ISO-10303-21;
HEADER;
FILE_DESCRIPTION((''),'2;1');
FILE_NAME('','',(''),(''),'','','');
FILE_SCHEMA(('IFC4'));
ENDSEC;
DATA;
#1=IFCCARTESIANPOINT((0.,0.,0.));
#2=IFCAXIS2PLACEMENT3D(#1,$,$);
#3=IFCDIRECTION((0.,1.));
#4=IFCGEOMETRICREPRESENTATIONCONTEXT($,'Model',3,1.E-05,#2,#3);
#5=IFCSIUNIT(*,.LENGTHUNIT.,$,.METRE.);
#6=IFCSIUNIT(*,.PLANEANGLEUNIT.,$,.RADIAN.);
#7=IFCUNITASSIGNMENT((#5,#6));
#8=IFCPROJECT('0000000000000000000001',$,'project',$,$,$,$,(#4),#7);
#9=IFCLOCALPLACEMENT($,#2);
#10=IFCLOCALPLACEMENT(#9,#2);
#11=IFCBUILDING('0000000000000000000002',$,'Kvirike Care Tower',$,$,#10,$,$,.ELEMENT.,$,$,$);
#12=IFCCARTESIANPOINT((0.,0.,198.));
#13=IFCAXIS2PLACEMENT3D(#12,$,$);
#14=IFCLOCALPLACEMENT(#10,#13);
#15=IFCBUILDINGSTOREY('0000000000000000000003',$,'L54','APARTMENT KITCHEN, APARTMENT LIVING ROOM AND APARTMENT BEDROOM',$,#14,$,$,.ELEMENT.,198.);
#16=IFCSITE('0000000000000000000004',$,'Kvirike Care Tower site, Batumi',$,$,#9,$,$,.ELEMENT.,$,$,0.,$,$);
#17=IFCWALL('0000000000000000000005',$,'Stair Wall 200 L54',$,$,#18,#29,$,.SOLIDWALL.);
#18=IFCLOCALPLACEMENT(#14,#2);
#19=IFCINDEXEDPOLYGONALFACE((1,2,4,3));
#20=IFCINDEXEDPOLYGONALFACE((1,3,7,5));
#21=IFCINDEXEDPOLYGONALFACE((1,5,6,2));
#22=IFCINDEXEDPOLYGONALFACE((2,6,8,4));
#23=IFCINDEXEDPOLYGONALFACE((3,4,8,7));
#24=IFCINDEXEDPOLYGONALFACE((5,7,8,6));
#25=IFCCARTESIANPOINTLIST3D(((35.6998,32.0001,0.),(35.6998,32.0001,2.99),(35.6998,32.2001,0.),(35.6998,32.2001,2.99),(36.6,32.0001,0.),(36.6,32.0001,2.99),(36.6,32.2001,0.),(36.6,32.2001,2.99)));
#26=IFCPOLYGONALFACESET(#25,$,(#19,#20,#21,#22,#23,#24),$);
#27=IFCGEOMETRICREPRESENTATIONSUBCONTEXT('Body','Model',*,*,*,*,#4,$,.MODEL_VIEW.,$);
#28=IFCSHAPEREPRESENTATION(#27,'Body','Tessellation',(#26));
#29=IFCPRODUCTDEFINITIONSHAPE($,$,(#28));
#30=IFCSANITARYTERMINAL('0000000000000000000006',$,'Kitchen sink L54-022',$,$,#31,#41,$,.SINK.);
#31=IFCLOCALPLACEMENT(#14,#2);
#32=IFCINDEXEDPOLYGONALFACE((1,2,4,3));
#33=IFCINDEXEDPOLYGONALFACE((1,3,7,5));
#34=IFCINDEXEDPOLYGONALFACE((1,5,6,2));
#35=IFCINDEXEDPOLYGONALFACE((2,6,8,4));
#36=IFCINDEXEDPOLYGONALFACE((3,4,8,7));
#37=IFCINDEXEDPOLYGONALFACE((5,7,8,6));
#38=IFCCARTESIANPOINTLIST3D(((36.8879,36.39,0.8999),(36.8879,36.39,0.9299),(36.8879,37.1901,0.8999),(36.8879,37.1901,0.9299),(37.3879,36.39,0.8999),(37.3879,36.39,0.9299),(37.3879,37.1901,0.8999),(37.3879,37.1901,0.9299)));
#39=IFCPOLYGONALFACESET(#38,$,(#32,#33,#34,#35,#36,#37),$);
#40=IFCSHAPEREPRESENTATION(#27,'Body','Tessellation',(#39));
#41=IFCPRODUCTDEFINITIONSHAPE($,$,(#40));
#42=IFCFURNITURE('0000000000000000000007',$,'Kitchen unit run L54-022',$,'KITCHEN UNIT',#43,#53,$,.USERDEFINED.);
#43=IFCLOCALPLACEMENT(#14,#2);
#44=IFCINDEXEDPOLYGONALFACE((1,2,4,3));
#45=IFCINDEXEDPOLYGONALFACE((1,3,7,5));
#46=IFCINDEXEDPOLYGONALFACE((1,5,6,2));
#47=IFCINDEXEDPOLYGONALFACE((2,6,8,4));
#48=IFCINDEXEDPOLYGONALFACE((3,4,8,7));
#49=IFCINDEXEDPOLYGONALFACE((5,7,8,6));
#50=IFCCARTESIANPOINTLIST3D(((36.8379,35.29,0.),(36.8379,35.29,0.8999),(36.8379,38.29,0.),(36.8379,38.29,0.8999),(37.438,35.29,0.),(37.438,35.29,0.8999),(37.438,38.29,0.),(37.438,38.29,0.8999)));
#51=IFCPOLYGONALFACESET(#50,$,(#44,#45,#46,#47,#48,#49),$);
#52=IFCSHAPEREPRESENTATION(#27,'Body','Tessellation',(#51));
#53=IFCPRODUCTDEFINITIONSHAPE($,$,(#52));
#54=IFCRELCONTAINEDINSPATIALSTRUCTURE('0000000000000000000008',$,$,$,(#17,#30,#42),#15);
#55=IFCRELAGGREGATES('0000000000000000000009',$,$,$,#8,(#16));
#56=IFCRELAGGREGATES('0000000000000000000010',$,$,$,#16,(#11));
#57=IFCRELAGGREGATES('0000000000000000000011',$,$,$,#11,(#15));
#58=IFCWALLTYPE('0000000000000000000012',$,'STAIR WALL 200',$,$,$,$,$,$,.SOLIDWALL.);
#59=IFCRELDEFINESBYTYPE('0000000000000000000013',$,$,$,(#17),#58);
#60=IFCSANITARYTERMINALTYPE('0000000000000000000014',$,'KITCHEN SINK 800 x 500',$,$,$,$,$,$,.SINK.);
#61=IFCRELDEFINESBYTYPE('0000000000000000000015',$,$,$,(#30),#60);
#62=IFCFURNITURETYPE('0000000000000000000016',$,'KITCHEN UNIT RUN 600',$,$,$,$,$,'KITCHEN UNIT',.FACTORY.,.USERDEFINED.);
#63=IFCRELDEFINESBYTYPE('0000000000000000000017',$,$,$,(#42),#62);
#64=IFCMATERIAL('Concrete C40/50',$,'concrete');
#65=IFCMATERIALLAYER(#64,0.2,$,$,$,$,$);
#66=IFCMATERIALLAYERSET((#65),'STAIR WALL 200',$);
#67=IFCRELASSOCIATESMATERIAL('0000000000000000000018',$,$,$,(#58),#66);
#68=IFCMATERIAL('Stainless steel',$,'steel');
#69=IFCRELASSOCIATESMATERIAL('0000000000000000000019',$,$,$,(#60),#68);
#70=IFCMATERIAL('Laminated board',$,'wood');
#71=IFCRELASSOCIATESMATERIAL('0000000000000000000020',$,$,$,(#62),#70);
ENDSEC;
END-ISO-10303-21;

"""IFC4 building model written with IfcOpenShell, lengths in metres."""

from ifc_helpers import new_model, si_unit, direction, frame, frame_2d, origin, origin_2d, place, context, subcontext, project, spatial, rectangle, extrude, material, layer, layer_set, type_object, element, save


model = new_model("IFC4")

# Units and contexts
model_context = context("Model", 3, precision=1e-05, world=origin(), true_north=direction((0.0, 1.0)))
body_context = subcontext(model_context, "Body", "Model", "MODEL_VIEW")
ifc_project = project(units=[si_unit("LENGTHUNIT", "METRE"), si_unit("PLANEANGLEUNIT", "RADIAN")], contexts=[model_context])

# Site, building, storey
site_placement = place(None, origin())
site = spatial("IfcSite", under=ifc_project, at=site_placement, Name="Kvirike Care Tower site, Batumi", CompositionType="ELEMENT", RefElevation=0.0)
building_placement = place(site_placement, origin())
building = spatial("IfcBuilding", under=site, at=building_placement, Name="Kvirike Care Tower", CompositionType="ELEMENT")
storey_placement = place(building_placement, frame((0.0, 0.0, 198.0)))
storey = spatial("IfcBuildingStorey", under=building, at=storey_placement, Name="L54", Description="APARTMENT KITCHEN, APARTMENT LIVING ROOM AND APARTMENT BEDROOM", CompositionType="ELEMENT", Elevation=198.0)

# Wall
ifc_material_1 = material(Name="Concrete C40/50", Category="concrete")
ifc_layer_1 = layer(ifc_material_1, 0.2)
ifc_layer_set_1 = layer_set([ifc_layer_1], Name="STAIR WALL 200")
wall_type_1 = type_object("IfcWallType", Name="STAIR WALL 200", PredefinedType="SOLIDWALL", material=ifc_layer_set_1)
wall_1_placement = place(storey_placement, frame((36.6001, 32.1001, 0.0), z_axis=(0.0, 0.0, 1.0), x_axis=(-1.0, 0.0, 0.0)))
element("IfcWall", 1, at=wall_1_placement, inside=storey, type_object=wall_type_1, Name="Stair Wall 200 L54", PredefinedType="SOLIDWALL", context=body_context, shape_type="SweptSolid", body=[
    extrude(rectangle(XDim=0.9001, YDim=0.2, at=frame_2d((0.4502, 0.0))), origin(), (0.0, 0.0, 1.0), 2.99),
])

# Sanitary terminal
ifc_material_2 = material(Name="Stainless steel", Category="steel")
sanitary_terminal_type = type_object("IfcSanitaryTerminalType", Name="KITCHEN SINK 800 x 500", PredefinedType="SINK", material=ifc_material_2)
sanitary_terminal_placement = place(storey_placement, frame((37.1379, 36.79, 0.8999), z_axis=(0.0, 0.0, 1.0), x_axis=(0.0, -1.0, 0.0)))
element("IfcSanitaryTerminal", 2, at=sanitary_terminal_placement, inside=storey, type_object=sanitary_terminal_type, Name="Kitchen sink L54-022", PredefinedType="SINK", context=body_context, shape_type="SweptSolid", body=[
    extrude(rectangle(XDim=0.8, YDim=0.5, at=origin_2d()), origin(), (0.0, 0.0, 1.0), 0.03),
])

# Furniture
ifc_material_3 = material(Name="Laminated board", Category="wood")
furniture_type = type_object("IfcFurnitureType", Name="KITCHEN UNIT RUN 600", ElementType="KITCHEN UNIT", AssemblyPlace="FACTORY", PredefinedType="USERDEFINED", material=ifc_material_3)
furniture_placement = place(storey_placement, frame((37.1379, 36.79, 0.0), z_axis=(0.0, 0.0, 1.0), x_axis=(0.0, -1.0, 0.0)))
element("IfcFurniture", 3, at=furniture_placement, inside=storey, type_object=furniture_type, Name="Kitchen unit run L54-022", ObjectType="KITCHEN UNIT", PredefinedType="USERDEFINED", context=body_context, shape_type="SweptSolid", body=[
    extrude(rectangle(XDim=3.0, YDim=0.6001, at=origin_2d()), origin(), (0.0, 0.0, 1.0), 0.8999),
])

save(model, "model.ifc")
